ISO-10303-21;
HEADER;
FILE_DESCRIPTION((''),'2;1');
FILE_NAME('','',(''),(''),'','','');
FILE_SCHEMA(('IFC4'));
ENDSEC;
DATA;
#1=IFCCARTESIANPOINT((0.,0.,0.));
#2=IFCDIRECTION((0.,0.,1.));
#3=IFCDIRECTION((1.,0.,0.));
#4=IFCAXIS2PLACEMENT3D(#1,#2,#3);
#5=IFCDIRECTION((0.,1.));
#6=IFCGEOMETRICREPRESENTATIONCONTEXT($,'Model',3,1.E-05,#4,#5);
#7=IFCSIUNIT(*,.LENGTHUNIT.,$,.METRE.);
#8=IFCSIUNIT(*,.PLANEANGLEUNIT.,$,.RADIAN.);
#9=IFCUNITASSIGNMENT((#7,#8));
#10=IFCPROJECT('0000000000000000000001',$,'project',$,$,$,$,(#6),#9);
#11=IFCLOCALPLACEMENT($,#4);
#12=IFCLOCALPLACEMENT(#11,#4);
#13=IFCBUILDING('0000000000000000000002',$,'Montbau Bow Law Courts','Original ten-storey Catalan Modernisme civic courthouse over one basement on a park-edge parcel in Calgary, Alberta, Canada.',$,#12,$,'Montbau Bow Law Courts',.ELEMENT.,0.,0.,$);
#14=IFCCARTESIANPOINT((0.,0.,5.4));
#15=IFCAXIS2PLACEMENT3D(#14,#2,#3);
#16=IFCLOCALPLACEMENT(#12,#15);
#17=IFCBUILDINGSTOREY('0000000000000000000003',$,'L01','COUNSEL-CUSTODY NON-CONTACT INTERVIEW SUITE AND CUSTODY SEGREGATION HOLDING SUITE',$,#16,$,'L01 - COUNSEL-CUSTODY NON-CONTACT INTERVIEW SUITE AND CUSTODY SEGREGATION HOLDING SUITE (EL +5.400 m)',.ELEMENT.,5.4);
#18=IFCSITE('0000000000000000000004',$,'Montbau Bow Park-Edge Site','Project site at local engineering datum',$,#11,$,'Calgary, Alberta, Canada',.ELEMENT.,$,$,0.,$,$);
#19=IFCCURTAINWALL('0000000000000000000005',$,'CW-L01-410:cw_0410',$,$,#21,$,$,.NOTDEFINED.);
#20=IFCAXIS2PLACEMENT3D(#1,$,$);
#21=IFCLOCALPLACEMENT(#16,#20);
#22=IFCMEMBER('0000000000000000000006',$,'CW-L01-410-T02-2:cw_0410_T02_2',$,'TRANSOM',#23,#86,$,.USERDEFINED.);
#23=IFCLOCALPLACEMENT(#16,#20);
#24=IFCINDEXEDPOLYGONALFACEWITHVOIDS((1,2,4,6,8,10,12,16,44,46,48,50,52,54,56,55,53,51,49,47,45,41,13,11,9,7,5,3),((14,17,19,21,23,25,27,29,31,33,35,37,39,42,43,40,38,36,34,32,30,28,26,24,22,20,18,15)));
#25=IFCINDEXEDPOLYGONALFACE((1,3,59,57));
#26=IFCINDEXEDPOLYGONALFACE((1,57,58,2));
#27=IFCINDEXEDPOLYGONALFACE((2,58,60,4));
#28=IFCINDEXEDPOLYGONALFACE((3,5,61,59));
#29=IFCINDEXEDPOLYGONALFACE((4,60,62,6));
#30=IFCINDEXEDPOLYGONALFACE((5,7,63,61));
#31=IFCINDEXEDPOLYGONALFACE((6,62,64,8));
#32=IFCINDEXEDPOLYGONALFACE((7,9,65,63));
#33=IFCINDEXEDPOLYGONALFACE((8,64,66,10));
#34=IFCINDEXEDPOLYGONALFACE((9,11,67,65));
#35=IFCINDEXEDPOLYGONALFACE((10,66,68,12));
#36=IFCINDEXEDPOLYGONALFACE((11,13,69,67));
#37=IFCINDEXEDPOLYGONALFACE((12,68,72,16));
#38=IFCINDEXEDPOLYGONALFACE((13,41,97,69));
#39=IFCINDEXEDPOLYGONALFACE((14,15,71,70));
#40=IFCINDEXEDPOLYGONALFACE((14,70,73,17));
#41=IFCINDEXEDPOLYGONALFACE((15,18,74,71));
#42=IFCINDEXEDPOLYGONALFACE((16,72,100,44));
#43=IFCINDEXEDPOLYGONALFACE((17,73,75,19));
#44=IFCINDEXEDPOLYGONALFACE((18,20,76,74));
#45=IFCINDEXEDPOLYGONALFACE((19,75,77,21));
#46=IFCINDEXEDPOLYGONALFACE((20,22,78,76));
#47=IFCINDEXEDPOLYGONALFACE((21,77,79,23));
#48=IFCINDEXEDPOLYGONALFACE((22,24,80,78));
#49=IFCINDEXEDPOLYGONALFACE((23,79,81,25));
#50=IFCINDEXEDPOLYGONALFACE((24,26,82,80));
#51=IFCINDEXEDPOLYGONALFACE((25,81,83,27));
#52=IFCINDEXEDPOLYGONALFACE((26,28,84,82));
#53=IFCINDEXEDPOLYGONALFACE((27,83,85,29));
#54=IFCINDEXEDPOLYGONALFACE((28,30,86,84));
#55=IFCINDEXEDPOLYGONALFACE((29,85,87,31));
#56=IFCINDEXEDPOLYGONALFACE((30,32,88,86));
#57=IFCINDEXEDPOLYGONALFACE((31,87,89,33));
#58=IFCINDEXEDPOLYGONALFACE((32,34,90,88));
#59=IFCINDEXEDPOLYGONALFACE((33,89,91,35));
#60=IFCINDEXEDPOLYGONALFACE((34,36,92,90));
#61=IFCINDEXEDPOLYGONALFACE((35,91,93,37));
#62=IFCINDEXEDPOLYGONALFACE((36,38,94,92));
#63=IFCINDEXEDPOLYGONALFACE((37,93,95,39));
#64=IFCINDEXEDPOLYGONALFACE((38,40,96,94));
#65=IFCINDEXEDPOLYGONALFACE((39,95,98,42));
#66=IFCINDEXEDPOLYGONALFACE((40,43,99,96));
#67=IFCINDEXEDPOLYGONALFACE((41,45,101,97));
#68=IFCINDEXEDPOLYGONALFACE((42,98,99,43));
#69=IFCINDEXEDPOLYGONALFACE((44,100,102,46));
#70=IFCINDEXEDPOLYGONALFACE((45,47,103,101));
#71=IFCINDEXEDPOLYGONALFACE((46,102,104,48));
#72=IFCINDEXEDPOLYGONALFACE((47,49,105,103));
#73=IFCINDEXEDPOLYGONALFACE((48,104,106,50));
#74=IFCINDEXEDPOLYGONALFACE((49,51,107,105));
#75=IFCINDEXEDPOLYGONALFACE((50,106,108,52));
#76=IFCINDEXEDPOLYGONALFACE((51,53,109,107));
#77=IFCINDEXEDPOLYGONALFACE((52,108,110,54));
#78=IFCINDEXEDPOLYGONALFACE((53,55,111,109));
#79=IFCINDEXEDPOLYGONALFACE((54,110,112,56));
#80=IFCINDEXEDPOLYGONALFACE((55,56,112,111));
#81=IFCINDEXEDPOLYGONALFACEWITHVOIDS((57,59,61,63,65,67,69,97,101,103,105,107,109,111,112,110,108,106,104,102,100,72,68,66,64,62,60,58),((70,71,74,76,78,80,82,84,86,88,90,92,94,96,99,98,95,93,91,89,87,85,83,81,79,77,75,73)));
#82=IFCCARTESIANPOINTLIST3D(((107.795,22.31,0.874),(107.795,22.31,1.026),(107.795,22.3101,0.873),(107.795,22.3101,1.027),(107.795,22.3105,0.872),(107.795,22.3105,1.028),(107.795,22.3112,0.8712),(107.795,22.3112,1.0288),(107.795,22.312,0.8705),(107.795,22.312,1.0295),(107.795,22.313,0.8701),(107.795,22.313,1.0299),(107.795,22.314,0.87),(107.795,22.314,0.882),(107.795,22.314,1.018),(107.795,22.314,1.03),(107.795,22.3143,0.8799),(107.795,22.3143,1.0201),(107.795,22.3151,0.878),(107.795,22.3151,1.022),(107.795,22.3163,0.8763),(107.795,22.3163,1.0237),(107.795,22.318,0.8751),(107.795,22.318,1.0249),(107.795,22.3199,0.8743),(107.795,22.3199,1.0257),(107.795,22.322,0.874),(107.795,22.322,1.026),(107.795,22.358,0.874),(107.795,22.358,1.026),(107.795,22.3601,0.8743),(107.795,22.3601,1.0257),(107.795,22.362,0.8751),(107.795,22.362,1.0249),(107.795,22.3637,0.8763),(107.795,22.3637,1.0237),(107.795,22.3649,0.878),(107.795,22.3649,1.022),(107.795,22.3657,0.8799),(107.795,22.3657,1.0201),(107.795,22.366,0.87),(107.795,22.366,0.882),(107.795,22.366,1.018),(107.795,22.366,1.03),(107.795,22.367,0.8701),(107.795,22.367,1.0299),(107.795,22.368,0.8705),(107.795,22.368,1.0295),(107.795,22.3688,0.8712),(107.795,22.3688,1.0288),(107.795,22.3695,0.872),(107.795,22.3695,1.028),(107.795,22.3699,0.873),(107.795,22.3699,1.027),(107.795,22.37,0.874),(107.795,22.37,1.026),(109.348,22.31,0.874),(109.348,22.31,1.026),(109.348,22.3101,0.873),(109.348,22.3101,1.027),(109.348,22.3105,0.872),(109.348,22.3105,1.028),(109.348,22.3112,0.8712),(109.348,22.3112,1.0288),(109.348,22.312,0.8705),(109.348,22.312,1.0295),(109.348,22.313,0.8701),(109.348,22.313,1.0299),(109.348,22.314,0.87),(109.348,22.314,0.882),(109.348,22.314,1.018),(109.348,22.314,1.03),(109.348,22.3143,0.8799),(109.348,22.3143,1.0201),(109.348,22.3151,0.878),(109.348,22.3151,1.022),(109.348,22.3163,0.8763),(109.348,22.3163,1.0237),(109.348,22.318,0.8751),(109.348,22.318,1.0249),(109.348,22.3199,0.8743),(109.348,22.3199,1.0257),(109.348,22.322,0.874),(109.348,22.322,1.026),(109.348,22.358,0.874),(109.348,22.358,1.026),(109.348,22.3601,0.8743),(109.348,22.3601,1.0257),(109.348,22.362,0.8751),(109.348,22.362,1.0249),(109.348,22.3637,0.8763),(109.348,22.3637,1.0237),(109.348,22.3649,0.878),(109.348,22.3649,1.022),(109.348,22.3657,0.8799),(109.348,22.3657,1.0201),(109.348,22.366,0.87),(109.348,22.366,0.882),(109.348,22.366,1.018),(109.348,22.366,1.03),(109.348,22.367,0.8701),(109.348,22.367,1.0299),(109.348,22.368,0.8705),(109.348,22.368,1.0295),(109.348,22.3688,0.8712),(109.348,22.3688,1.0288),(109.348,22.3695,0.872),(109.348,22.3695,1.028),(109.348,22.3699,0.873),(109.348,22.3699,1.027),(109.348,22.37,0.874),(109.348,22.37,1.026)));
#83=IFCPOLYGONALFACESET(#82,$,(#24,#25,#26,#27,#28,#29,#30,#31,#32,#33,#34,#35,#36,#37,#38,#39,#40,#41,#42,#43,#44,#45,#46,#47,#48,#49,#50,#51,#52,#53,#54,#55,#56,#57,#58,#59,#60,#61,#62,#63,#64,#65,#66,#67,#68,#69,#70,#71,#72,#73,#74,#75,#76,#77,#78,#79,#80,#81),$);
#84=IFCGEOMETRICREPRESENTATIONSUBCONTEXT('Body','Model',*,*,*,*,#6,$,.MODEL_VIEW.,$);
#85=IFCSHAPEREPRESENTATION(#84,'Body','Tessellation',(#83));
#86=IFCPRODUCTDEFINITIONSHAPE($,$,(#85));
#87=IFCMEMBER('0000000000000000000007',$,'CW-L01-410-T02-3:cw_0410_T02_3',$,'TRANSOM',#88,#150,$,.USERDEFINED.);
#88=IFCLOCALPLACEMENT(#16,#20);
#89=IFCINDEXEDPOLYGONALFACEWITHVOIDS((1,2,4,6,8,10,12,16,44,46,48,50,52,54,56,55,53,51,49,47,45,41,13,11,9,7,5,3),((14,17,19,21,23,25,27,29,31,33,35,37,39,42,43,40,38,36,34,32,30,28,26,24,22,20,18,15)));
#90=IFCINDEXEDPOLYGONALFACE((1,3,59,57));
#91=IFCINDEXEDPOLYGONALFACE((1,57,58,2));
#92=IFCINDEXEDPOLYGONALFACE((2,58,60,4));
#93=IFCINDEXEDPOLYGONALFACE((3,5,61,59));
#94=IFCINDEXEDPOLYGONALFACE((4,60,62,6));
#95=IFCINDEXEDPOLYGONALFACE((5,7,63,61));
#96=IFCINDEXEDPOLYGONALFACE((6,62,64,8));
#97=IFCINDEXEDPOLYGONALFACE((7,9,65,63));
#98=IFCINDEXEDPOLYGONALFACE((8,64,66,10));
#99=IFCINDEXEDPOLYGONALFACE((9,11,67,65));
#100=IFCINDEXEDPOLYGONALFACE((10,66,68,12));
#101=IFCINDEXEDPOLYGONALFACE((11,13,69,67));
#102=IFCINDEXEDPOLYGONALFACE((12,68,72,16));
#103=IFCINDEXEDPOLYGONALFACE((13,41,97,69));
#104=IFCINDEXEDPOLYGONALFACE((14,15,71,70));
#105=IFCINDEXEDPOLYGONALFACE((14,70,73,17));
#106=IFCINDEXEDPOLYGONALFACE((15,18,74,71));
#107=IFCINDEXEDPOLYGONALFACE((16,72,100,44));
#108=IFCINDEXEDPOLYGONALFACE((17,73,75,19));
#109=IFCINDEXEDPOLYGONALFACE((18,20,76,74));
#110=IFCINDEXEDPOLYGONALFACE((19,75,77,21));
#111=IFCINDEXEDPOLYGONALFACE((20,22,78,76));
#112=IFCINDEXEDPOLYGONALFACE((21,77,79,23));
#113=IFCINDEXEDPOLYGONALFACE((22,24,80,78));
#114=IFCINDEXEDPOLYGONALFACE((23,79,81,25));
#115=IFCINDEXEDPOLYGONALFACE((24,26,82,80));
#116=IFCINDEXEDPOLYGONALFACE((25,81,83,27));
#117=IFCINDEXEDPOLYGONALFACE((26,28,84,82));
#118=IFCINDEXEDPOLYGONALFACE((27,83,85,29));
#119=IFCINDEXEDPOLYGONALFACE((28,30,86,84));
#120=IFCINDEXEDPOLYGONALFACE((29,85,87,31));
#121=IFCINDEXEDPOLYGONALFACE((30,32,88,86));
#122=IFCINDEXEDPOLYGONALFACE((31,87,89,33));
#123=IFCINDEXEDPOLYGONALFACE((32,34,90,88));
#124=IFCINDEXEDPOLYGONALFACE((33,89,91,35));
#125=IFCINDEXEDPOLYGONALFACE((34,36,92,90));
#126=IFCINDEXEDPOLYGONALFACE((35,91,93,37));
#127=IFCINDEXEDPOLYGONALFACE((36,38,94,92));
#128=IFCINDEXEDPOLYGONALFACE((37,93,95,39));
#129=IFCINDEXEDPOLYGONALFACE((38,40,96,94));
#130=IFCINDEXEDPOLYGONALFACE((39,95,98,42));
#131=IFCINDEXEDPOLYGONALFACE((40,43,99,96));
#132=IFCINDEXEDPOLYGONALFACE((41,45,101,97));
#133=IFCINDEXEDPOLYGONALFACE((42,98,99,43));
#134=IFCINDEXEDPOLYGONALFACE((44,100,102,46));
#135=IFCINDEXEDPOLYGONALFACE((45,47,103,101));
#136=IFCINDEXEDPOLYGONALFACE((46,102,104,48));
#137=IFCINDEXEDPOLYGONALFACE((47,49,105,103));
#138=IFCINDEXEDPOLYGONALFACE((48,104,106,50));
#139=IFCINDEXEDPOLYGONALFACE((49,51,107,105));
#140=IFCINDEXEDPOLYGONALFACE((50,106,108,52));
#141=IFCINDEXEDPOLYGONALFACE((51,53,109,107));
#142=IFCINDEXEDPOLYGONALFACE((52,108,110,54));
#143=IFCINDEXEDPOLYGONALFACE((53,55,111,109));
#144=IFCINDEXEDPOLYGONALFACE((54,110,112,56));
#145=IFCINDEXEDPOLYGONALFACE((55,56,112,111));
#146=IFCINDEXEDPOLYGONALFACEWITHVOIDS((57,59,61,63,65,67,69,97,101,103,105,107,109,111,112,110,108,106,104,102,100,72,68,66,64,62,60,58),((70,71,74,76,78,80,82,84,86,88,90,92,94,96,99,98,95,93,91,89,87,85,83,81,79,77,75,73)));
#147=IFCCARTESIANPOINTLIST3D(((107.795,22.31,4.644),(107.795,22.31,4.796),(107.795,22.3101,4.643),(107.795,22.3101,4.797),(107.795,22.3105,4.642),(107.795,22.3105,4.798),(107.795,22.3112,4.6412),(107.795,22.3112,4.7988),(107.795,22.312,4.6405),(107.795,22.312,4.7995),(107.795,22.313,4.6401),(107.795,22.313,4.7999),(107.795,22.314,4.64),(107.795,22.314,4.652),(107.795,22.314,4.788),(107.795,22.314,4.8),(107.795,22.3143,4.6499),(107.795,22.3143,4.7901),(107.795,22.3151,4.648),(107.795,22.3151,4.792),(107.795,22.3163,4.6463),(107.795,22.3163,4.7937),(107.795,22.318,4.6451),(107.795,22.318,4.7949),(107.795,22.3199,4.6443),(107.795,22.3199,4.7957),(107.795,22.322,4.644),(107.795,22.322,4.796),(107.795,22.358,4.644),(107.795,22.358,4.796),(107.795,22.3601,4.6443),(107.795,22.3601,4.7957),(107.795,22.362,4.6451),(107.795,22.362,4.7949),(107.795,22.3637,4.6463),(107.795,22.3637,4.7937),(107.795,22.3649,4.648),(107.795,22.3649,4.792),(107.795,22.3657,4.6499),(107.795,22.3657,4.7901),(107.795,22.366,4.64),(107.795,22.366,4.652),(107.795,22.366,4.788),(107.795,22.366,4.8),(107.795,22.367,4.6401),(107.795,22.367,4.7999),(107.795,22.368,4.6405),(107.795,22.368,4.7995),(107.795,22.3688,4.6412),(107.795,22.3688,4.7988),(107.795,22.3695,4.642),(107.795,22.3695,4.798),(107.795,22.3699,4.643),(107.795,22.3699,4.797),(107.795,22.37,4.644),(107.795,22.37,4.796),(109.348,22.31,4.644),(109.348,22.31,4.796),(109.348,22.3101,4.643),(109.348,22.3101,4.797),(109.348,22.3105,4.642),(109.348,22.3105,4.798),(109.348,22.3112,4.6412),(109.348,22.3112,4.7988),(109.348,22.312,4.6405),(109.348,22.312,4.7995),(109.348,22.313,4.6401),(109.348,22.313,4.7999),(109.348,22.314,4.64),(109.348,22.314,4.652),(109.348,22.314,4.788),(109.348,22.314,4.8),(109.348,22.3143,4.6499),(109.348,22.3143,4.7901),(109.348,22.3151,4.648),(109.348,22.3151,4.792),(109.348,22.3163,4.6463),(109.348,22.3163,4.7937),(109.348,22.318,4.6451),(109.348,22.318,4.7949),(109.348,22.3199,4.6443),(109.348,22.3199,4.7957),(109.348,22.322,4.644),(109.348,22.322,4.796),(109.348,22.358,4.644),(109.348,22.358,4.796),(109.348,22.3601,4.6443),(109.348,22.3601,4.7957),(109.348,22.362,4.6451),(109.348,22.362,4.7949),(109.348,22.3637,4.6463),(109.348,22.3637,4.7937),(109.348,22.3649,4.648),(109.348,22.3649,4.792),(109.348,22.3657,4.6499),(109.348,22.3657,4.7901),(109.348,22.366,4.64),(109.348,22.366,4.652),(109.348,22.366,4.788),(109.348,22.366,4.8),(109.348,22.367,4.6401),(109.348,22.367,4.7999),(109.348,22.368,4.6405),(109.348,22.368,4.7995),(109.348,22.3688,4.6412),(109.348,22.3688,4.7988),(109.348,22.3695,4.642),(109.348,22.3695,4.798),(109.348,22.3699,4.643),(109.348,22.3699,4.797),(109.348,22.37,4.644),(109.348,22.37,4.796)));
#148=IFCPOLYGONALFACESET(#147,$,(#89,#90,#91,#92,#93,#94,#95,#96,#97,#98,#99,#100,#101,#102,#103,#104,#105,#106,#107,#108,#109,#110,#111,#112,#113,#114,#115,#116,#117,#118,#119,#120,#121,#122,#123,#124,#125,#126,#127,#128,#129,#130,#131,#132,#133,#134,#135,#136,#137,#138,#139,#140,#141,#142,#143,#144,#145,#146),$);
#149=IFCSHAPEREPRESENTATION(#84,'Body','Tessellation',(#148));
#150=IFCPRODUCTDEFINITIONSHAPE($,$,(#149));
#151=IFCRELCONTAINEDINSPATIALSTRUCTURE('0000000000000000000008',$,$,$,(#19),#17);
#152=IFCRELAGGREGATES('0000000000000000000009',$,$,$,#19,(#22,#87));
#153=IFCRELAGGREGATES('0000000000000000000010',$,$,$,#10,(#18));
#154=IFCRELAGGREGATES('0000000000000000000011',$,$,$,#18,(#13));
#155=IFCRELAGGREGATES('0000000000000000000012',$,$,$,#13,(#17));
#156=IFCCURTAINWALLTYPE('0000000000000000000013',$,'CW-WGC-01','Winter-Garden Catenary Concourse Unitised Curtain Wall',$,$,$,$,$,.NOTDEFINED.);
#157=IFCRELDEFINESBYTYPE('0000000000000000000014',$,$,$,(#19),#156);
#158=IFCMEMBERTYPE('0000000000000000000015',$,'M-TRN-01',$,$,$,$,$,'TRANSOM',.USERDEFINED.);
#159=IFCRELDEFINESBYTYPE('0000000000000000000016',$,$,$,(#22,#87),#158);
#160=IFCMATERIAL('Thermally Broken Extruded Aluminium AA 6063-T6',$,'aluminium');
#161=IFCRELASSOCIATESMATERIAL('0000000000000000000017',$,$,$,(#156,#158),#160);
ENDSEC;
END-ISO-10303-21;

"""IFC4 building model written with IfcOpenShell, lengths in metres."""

from ifc_helpers import new_model, si_unit, direction, frame, origin_with_axes, origin_2d_with_axis, place, context, subcontext, project, spatial, hollow_rectangle, extrude, material, material_profile, profile_set, type_object, element, aggregate, save


model = new_model("IFC4")

# Units and contexts
model_context = context("Model", 3, precision=1e-05, world=origin_with_axes(), true_north=direction((0.0, 1.0)))
body_context = subcontext(model_context, "Body", "Model", "MODEL_VIEW")
ifc_project = project(units=[si_unit("LENGTHUNIT", "METRE"), si_unit("PLANEANGLEUNIT", "RADIAN")], contexts=[model_context])

# Site, building, storey
site_placement = place(None, origin_with_axes())
site = spatial("IfcSite", under=ifc_project, at=site_placement, Name="Montbau Bow Park-Edge Site", Description="Project site at local engineering datum", LongName="Calgary, Alberta, Canada", CompositionType="ELEMENT", RefElevation=0.0)
building_placement = place(site_placement, origin_with_axes())
building = spatial("IfcBuilding", under=site, at=building_placement, Name="Montbau Bow Law Courts", Description="Original ten-storey Catalan Modernisme civic courthouse over one basement on a park-edge parcel in Calgary, Alberta, Canada.", LongName="Montbau Bow Law Courts", CompositionType="ELEMENT", ElevationOfRefHeight=0.0, ElevationOfTerrain=0.0)
storey_placement = place(building_placement, frame((0.0, 0.0, 5.4), z_axis=(0.0, 0.0, 1.0), x_axis=(1.0, 0.0, 0.0)))
storey = spatial("IfcBuildingStorey", under=building, at=storey_placement, Name="L01", Description="COUNSEL-CUSTODY NON-CONTACT INTERVIEW SUITE AND CUSTODY SEGREGATION HOLDING SUITE", LongName="L01 - COUNSEL-CUSTODY NON-CONTACT INTERVIEW SUITE AND CUSTODY SEGREGATION HOLDING SUITE (EL +5.400 m)", CompositionType="ELEMENT", Elevation=5.4)

# Shared definitions
ifc_material_1 = material(Name="Thermally Broken Extruded Aluminium AA 6063-T6", Category="aluminium")
curtain_wall_type_1 = type_object("IfcCurtainWallType", Name="CW-WGC-01", Description="Winter-Garden Catenary Concourse Unitised Curtain Wall", PredefinedType="NOTDEFINED", material=ifc_material_1)

# Curtain wall, members
curtain_wall_1_placement = place(None, frame((106.115, 22.34, 5.4), z_axis=(0.0, 0.0, 1.0), x_axis=(1.0, 0.0, 0.0)))
curtain_wall_1 = element("IfcCurtainWall", 1, at=curtain_wall_1_placement, inside=storey, type_object=curtain_wall_type_1, Name="CW-L01-410:cw_0410", PredefinedType="NOTDEFINED")
ifc_material_profile_1 = material_profile(ifc_material_1, hollow_rectangle(XDim=0.06, YDim=0.16, WallThickness=0.004, InnerFilletRadius=0.008, OuterFilletRadius=0.004, at=origin_2d_with_axis()), Name="CWT-160X60", Category="Main", Priority=0)
ifc_profile_set_1 = profile_set([ifc_material_profile_1], Name="Thermally Broken Extruded Aluminium AA 6063-T6")
member_type_1 = type_object("IfcMemberType", Name="M-TRN-01", ElementType="TRANSOM", PredefinedType="USERDEFINED", material=ifc_profile_set_1)
member_1_placement = place(None, frame((107.795, 22.34, 6.35), z_axis=(1.0, 0.0, 0.0), x_axis=(0.0, 1.0, 0.0)))
member_1 = element("IfcMember", 2, at=member_1_placement, type_object=member_type_1, Name="CW-L01-410-T02-2:cw_0410_T02_2", ObjectType="TRANSOM", PredefinedType="USERDEFINED", context=body_context, shape_type="SweptSolid", body=[
    extrude(hollow_rectangle(XDim=0.06, YDim=0.16, WallThickness=0.004, InnerFilletRadius=0.008, OuterFilletRadius=0.004, at=origin_2d_with_axis()), origin_with_axes(), (0.0, 0.0, 1.0), 1.553),
])
member_2_placement = place(None, frame((107.795, 22.34, 10.12), z_axis=(1.0, 0.0, 0.0), x_axis=(0.0, 1.0, 0.0)))
member_2 = element("IfcMember", 3, at=member_2_placement, type_object=member_type_1, Name="CW-L01-410-T02-3:cw_0410_T02_3", ObjectType="TRANSOM", PredefinedType="USERDEFINED", context=body_context, shape_type="SweptSolid", body=[
    extrude(hollow_rectangle(XDim=0.06, YDim=0.16, WallThickness=0.004, InnerFilletRadius=0.008, OuterFilletRadius=0.004, at=origin_2d_with_axis()), origin_with_axes(), (0.0, 0.0, 1.0), 1.553),
])

aggregate(curtain_wall_1, [member_1, member_2])

save(model, "model.ifc")
